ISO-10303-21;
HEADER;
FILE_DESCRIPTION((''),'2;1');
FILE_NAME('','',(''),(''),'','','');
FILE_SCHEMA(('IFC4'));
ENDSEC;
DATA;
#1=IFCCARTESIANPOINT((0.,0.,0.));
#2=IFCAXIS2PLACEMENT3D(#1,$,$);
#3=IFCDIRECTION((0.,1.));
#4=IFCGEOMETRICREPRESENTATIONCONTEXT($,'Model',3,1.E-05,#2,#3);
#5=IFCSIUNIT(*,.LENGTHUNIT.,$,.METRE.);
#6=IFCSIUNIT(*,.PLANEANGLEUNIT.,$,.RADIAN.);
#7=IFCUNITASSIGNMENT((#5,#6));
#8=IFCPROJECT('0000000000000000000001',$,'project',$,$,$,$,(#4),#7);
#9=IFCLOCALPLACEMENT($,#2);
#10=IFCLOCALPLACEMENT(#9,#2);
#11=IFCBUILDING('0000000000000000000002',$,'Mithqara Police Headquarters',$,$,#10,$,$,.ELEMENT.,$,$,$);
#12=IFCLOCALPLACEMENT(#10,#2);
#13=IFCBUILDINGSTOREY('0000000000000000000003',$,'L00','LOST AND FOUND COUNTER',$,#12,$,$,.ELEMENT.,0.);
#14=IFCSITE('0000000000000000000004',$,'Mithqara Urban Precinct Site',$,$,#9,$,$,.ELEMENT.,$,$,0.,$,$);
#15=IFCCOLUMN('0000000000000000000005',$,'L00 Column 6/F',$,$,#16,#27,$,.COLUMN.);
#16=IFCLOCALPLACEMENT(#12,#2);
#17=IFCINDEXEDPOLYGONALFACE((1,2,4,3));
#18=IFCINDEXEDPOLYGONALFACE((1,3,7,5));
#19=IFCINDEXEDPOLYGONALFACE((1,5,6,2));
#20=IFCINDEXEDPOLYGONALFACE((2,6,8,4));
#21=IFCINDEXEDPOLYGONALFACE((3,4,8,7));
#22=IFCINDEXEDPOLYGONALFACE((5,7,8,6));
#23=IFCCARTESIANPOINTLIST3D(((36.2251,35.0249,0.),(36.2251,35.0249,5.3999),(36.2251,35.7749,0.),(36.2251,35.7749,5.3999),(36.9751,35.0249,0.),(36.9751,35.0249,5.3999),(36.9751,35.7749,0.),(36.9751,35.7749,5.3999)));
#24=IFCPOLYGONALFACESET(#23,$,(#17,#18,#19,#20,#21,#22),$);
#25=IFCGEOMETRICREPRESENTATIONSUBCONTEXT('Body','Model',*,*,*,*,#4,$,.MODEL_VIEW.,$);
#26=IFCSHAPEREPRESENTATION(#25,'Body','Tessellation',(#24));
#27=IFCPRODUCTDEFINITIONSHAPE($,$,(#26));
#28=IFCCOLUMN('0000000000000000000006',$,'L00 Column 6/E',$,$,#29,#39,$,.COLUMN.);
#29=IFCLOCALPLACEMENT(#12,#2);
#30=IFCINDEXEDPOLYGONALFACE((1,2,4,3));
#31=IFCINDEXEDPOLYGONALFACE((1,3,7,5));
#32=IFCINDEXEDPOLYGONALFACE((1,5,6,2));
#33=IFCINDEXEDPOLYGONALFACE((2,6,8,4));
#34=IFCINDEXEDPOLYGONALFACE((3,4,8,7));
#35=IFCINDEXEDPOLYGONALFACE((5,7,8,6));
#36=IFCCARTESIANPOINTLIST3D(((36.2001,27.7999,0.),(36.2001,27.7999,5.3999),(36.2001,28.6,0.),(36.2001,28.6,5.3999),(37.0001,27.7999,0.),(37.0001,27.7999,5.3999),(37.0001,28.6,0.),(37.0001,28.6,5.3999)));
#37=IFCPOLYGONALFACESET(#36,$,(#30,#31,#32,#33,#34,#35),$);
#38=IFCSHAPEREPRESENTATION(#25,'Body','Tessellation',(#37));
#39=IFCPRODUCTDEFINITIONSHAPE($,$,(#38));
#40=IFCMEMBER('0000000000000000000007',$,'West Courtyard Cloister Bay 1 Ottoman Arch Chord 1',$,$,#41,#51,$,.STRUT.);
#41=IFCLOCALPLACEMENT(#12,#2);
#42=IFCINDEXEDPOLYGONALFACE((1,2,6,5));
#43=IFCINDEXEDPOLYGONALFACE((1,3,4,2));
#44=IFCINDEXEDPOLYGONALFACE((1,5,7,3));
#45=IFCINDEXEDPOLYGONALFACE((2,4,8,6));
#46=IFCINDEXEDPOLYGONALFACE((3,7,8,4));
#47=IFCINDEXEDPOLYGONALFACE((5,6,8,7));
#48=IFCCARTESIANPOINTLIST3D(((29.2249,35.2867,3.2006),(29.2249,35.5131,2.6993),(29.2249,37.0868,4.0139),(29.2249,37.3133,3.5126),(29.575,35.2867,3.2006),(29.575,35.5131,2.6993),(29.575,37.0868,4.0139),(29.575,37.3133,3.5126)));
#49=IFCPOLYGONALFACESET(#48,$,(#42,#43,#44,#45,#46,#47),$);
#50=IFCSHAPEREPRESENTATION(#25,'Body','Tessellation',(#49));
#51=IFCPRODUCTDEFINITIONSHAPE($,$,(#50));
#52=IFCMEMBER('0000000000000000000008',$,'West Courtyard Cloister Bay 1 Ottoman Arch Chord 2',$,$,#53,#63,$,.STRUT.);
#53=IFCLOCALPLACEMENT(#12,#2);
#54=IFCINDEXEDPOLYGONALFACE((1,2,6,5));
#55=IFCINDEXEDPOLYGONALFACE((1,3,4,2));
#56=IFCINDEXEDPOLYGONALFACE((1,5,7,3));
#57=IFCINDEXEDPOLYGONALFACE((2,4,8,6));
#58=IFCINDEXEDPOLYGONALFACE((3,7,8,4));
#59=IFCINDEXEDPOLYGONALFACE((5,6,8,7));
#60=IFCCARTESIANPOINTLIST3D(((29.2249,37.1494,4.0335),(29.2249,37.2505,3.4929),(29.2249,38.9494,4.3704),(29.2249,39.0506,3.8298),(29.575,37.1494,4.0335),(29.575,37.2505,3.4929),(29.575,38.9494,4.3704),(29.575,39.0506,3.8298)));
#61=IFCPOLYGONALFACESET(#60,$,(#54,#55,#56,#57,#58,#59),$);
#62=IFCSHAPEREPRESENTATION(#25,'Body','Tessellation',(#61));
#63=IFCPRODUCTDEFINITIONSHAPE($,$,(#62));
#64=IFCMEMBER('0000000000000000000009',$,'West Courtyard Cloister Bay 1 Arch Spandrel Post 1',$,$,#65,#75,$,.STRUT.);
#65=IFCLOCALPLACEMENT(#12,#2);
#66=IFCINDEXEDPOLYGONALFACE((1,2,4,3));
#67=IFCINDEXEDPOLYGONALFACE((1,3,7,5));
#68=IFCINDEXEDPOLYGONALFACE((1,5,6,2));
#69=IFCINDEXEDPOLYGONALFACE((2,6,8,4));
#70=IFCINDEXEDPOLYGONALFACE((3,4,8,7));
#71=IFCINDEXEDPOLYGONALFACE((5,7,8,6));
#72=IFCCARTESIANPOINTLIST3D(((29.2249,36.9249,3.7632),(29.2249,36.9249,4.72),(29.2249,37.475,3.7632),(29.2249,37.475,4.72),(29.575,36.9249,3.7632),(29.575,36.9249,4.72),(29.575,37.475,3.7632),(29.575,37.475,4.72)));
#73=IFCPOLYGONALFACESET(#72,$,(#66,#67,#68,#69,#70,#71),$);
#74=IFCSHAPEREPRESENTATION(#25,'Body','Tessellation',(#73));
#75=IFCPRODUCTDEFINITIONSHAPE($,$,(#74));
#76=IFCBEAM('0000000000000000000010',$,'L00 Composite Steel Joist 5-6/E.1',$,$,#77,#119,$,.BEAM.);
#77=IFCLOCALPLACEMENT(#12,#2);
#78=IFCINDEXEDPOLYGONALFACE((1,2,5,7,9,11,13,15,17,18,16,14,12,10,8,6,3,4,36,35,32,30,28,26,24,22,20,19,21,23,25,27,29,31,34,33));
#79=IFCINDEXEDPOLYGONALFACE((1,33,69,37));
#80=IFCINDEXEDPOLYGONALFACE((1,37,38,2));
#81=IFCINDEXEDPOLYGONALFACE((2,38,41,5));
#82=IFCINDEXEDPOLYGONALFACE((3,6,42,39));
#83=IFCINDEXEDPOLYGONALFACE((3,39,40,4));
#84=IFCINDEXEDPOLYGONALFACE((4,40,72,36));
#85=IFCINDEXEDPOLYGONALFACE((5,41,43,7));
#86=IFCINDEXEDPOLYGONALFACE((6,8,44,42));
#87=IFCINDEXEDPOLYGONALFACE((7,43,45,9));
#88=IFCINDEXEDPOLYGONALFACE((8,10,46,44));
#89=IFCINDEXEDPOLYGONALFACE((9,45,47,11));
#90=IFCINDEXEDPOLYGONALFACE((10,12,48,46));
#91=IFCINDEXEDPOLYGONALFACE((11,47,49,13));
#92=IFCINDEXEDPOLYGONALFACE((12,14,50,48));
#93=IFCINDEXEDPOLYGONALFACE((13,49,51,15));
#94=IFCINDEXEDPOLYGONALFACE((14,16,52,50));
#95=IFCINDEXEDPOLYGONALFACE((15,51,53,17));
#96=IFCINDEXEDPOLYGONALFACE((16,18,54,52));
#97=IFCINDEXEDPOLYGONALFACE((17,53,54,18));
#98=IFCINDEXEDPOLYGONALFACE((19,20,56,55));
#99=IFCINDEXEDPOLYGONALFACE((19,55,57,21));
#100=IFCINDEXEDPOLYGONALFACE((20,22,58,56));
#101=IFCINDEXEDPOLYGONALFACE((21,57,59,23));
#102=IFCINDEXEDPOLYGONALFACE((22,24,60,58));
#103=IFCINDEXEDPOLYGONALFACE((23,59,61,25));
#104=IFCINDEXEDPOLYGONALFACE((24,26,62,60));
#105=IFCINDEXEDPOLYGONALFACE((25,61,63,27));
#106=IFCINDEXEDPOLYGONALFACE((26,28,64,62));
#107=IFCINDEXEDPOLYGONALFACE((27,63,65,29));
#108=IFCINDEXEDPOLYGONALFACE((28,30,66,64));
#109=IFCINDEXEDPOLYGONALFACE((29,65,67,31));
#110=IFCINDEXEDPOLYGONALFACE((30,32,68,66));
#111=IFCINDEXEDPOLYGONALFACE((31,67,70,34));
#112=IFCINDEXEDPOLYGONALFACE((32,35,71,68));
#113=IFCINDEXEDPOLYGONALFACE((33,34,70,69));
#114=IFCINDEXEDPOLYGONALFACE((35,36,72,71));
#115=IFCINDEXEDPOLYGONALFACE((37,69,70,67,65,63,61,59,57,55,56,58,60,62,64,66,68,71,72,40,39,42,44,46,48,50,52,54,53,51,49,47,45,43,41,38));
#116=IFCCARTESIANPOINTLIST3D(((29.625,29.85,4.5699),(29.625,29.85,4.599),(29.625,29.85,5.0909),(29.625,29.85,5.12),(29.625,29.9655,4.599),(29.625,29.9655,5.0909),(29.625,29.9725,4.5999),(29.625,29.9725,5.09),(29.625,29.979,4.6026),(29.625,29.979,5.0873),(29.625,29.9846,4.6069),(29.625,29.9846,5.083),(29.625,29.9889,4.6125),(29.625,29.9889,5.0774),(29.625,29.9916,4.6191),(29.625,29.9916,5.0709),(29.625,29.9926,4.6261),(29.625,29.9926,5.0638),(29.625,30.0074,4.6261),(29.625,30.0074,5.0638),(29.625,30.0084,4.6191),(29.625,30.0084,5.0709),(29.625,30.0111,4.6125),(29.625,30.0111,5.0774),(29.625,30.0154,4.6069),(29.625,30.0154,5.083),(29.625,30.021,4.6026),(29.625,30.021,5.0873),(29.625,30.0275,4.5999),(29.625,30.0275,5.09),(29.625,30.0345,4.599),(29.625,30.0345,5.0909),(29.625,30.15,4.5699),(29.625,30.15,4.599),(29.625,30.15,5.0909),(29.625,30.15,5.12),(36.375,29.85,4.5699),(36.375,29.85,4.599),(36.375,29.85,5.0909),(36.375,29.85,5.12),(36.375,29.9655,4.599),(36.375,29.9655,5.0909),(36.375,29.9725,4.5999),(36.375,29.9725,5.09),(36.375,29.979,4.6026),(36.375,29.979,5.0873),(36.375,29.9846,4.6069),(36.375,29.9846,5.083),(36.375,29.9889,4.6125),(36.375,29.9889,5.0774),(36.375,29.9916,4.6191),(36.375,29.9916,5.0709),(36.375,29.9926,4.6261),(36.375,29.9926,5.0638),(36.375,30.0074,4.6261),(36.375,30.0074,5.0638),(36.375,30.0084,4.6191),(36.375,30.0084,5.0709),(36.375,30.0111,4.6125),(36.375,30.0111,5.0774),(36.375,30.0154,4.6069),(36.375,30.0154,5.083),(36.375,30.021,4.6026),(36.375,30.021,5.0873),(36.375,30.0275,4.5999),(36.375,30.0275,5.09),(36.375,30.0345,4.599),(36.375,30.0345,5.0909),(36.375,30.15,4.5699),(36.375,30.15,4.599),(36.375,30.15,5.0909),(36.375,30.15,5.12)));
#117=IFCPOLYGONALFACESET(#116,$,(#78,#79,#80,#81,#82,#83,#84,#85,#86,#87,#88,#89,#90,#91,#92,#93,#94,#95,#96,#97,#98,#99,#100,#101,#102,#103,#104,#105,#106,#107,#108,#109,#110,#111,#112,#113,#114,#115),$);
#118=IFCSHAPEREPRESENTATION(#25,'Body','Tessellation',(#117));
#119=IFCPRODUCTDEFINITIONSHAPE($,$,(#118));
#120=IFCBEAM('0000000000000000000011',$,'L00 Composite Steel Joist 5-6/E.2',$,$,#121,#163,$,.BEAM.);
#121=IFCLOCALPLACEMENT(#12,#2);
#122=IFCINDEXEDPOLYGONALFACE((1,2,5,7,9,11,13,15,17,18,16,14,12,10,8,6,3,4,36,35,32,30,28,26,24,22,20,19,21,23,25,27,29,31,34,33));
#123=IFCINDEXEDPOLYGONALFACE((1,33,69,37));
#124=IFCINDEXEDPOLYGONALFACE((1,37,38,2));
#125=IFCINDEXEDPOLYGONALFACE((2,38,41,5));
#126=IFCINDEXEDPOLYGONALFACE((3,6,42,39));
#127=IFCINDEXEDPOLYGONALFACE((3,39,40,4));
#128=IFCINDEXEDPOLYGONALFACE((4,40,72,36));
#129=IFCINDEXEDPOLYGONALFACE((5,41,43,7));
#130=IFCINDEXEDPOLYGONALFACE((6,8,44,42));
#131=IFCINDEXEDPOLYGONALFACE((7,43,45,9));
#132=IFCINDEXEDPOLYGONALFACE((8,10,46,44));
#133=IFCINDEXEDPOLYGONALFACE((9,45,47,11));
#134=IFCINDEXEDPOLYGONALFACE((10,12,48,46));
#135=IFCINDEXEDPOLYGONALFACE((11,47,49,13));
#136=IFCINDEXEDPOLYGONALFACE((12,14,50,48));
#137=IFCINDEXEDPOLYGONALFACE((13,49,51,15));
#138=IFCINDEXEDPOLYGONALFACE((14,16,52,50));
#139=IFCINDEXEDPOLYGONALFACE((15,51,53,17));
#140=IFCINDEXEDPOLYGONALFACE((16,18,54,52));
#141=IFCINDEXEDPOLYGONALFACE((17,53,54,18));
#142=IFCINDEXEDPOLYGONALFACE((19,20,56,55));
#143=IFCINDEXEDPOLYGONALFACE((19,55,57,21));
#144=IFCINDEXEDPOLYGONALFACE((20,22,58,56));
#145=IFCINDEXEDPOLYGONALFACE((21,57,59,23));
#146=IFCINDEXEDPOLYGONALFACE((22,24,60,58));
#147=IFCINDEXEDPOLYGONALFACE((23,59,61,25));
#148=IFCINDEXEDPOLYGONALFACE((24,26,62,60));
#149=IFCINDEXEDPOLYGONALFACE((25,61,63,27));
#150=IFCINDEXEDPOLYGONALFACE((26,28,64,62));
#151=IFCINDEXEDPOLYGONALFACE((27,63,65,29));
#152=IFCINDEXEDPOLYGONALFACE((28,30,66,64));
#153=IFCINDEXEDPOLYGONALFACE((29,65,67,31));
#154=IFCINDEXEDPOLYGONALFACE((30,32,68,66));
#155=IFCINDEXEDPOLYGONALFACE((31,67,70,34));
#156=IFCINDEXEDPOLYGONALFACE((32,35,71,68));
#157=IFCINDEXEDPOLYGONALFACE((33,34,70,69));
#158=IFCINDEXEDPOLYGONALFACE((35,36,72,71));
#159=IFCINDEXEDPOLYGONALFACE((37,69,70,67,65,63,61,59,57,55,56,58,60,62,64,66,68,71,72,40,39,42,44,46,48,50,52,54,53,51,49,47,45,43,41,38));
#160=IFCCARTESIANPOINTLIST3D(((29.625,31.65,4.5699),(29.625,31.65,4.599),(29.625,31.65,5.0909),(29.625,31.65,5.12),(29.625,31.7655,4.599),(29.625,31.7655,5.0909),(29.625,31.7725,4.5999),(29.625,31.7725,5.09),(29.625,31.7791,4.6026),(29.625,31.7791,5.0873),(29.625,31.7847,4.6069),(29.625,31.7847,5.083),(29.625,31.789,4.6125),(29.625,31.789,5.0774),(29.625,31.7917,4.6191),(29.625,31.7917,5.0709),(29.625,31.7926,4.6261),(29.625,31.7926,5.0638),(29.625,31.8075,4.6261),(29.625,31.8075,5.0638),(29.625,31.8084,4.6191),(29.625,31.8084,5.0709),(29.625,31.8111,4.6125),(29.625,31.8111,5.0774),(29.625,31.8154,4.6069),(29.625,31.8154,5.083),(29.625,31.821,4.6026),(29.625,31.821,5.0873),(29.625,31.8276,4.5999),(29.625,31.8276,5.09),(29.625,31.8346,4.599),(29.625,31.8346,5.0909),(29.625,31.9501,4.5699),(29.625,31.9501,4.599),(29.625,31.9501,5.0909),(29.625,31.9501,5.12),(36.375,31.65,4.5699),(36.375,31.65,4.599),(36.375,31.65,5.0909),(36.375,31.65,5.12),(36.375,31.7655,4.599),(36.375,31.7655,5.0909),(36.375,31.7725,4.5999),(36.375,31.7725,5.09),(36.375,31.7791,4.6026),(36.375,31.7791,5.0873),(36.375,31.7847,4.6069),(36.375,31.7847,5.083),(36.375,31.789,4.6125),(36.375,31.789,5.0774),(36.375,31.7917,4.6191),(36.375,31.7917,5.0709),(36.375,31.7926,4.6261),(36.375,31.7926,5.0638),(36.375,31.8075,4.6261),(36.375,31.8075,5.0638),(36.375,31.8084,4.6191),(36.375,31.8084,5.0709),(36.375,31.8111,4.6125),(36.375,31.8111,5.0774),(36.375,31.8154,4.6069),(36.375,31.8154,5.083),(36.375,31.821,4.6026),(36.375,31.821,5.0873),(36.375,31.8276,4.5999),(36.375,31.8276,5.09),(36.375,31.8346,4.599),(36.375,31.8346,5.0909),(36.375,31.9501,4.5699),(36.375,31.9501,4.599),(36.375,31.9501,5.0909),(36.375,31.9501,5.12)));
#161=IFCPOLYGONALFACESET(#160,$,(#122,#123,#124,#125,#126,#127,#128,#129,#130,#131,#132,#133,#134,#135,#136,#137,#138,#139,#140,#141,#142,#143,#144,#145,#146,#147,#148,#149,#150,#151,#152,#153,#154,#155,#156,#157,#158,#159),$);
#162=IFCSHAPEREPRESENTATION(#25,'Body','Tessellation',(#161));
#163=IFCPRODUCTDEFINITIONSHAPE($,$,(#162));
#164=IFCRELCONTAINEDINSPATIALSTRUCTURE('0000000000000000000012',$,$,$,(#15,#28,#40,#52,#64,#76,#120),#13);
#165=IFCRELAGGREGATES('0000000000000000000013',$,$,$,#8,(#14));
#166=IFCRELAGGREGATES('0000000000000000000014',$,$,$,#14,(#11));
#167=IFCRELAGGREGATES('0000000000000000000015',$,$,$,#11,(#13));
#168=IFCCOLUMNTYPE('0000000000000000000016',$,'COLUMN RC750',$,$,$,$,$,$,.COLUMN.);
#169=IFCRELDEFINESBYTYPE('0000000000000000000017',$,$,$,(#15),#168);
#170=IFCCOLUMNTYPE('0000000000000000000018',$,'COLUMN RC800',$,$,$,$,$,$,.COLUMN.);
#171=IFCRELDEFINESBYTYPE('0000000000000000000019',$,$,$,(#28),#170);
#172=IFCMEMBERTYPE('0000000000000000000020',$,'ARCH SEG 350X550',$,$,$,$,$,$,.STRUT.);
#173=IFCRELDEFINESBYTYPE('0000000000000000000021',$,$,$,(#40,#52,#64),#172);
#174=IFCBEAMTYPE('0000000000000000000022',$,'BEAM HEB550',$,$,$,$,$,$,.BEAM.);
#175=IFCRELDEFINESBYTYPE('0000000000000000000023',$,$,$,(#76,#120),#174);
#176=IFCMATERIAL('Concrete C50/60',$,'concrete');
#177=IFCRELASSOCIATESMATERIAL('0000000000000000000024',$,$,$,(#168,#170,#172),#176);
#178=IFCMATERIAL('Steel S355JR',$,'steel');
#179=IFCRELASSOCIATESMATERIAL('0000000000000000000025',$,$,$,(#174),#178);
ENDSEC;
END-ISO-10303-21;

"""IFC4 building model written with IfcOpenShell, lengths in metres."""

from ifc_helpers import new_model, si_unit, direction, frame, origin, origin_2d, place, context, subcontext, project, spatial, rectangle, i_section, extrude, material, material_profile, profile_set, type_object, element, save


model = new_model("IFC4")

# Units and contexts
model_context = context("Model", 3, precision=1e-05, world=origin(), true_north=direction((0.0, 1.0)))
body_context = subcontext(model_context, "Body", "Model", "MODEL_VIEW")
ifc_project = project(units=[si_unit("LENGTHUNIT", "METRE"), si_unit("PLANEANGLEUNIT", "RADIAN")], contexts=[model_context])

# Site, building, storey
site_placement = place(None, origin())
site = spatial("IfcSite", under=ifc_project, at=site_placement, Name="Mithqara Urban Precinct Site", CompositionType="ELEMENT", RefElevation=0.0)
building_placement = place(site_placement, origin())
building = spatial("IfcBuilding", under=site, at=building_placement, Name="Mithqara Police Headquarters", CompositionType="ELEMENT")
storey_placement = place(building_placement, origin())
storey = spatial("IfcBuildingStorey", under=building, at=storey_placement, Name="L00", Description="LOST AND FOUND COUNTER", CompositionType="ELEMENT", Elevation=0.0)

# Columns
ifc_material_1 = material(Name="Concrete C50/60", Category="concrete")
ifc_material_profile_1 = material_profile(ifc_material_1, rectangle(XDim=0.75, YDim=0.75, at=origin_2d()), Name="RC 750x750")
ifc_profile_set_1 = profile_set([ifc_material_profile_1], Name="Concrete C50/60")
column_type_1 = type_object("IfcColumnType", Name="COLUMN RC750", PredefinedType="COLUMN", material=ifc_profile_set_1)
column_1_placement = place(storey_placement, frame((36.6001, 35.3999, 0.0), z_axis=(0.0, 0.0, 1.0), x_axis=(1.0, 0.0, 0.0)))
element("IfcColumn", 1, at=column_1_placement, inside=storey, type_object=column_type_1, Name="L00 Column 6/F", PredefinedType="COLUMN", context=body_context, shape_type="SweptSolid", body=[
    extrude(rectangle(XDim=0.75, YDim=0.75, at=origin_2d()), origin(), (0.0, 0.0, 1.0), 5.3999),
])
ifc_material_profile_2 = material_profile(ifc_material_1, rectangle(XDim=0.8, YDim=0.8, at=origin_2d()), Name="RC 800x800")
ifc_profile_set_2 = profile_set([ifc_material_profile_2], Name="Concrete C50/60")
column_type_2 = type_object("IfcColumnType", Name="COLUMN RC800", PredefinedType="COLUMN", material=ifc_profile_set_2)
column_2_placement = place(storey_placement, frame((36.6001, 28.2, 0.0), z_axis=(0.0, 0.0, 1.0), x_axis=(1.0, 0.0, 0.0)))
element("IfcColumn", 2, at=column_2_placement, inside=storey, type_object=column_type_2, Name="L00 Column 6/E", PredefinedType="COLUMN", context=body_context, shape_type="SweptSolid", body=[
    extrude(rectangle(XDim=0.8, YDim=0.8, at=origin_2d()), origin(), (0.0, 0.0, 1.0), 5.3999),
])

# Members
ifc_material_profile_3 = material_profile(ifc_material_1, rectangle(XDim=0.3501, YDim=0.55, at=origin_2d()), Name="ARC 350x550")
ifc_profile_set_3 = profile_set([ifc_material_profile_3], Name="Concrete C50/60")
member_type = type_object("IfcMemberType", Name="ARCH SEG 350X550", PredefinedType="STRUT", material=ifc_profile_set_3)
member_1_placement = place(storey_placement, frame((29.3999, 35.3999, 2.95), z_axis=(0.0, 0.911312, 0.411716), x_axis=(-1.0, 0.0, 0.0)))
element("IfcMember", 3, at=member_1_placement, inside=storey, type_object=member_type, Name="West Courtyard Cloister Bay 1 Ottoman Arch Chord 1", PredefinedType="STRUT", context=body_context, shape_type="SweptSolid", body=[
    extrude(rectangle(XDim=0.3501, YDim=0.55, at=origin_2d()), origin(), (0.0, 0.0, 1.0), 1.9753),
])
member_2_placement = place(storey_placement, frame((29.3999, 37.2, 3.7632), z_axis=(0.0, 0.982931, 0.183975), x_axis=(-1.0, 0.0, 0.0)))
element("IfcMember", 4, at=member_2_placement, inside=storey, type_object=member_type, Name="West Courtyard Cloister Bay 1 Ottoman Arch Chord 2", PredefinedType="STRUT", context=body_context, shape_type="SweptSolid", body=[
    extrude(rectangle(XDim=0.3501, YDim=0.55, at=origin_2d()), origin(), (0.0, 0.0, 1.0), 1.8313),
])
member_3_placement = place(storey_placement, frame((29.3999, 37.2, 3.7632), z_axis=(0.0, 0.0, 1.0), x_axis=(1.0, 0.0, 0.0)))
element("IfcMember", 5, at=member_3_placement, inside=storey, type_object=member_type, Name="West Courtyard Cloister Bay 1 Arch Spandrel Post 1", PredefinedType="STRUT", context=body_context, shape_type="SweptSolid", body=[
    extrude(rectangle(XDim=0.3501, YDim=0.55, at=origin_2d()), origin(), (0.0, 0.0, 1.0), 0.9568),
])

# Beams
ifc_material_2 = material(Name="Steel S355JR", Category="steel")
ifc_material_profile_4 = material_profile(ifc_material_2, i_section(OverallWidth=0.3, OverallDepth=0.55, WebThickness=0.0149, FlangeThickness=0.0291, FilletRadius=0.0271, at=origin_2d()), Name="HEB 550")
ifc_profile_set_4 = profile_set([ifc_material_profile_4], Name="Steel S355JR")
beam_type_1 = type_object("IfcBeamType", Name="BEAM HEB550", PredefinedType="BEAM", material=ifc_profile_set_4)
for number, where, z_axis, x_axis, name in (
    (6, (29.625, 30.0, 4.845), (1.0, 0.0, 0.0), (0.0, 1.0, 0.0), "L00 Composite Steel Joist 5-6/E.1"),
    (7, (29.625, 31.8, 4.845), (1.0, 0.0, 0.0), (0.0, 1.0, 0.0), "L00 Composite Steel Joist 5-6/E.2"),
):
    element("IfcBeam", number, at=place(storey_placement, frame(where, z_axis=z_axis, x_axis=x_axis)), inside=storey, type_object=beam_type_1, Name=name, PredefinedType="BEAM", context=body_context, shape_type="SweptSolid", body=[
        extrude(i_section(OverallWidth=0.3, OverallDepth=0.55, WebThickness=0.0149, FlangeThickness=0.0291, FilletRadius=0.0271, at=origin_2d()), origin(), (0.0, 0.0, 1.0), 6.75),
    ])

save(model, "model.ifc")
